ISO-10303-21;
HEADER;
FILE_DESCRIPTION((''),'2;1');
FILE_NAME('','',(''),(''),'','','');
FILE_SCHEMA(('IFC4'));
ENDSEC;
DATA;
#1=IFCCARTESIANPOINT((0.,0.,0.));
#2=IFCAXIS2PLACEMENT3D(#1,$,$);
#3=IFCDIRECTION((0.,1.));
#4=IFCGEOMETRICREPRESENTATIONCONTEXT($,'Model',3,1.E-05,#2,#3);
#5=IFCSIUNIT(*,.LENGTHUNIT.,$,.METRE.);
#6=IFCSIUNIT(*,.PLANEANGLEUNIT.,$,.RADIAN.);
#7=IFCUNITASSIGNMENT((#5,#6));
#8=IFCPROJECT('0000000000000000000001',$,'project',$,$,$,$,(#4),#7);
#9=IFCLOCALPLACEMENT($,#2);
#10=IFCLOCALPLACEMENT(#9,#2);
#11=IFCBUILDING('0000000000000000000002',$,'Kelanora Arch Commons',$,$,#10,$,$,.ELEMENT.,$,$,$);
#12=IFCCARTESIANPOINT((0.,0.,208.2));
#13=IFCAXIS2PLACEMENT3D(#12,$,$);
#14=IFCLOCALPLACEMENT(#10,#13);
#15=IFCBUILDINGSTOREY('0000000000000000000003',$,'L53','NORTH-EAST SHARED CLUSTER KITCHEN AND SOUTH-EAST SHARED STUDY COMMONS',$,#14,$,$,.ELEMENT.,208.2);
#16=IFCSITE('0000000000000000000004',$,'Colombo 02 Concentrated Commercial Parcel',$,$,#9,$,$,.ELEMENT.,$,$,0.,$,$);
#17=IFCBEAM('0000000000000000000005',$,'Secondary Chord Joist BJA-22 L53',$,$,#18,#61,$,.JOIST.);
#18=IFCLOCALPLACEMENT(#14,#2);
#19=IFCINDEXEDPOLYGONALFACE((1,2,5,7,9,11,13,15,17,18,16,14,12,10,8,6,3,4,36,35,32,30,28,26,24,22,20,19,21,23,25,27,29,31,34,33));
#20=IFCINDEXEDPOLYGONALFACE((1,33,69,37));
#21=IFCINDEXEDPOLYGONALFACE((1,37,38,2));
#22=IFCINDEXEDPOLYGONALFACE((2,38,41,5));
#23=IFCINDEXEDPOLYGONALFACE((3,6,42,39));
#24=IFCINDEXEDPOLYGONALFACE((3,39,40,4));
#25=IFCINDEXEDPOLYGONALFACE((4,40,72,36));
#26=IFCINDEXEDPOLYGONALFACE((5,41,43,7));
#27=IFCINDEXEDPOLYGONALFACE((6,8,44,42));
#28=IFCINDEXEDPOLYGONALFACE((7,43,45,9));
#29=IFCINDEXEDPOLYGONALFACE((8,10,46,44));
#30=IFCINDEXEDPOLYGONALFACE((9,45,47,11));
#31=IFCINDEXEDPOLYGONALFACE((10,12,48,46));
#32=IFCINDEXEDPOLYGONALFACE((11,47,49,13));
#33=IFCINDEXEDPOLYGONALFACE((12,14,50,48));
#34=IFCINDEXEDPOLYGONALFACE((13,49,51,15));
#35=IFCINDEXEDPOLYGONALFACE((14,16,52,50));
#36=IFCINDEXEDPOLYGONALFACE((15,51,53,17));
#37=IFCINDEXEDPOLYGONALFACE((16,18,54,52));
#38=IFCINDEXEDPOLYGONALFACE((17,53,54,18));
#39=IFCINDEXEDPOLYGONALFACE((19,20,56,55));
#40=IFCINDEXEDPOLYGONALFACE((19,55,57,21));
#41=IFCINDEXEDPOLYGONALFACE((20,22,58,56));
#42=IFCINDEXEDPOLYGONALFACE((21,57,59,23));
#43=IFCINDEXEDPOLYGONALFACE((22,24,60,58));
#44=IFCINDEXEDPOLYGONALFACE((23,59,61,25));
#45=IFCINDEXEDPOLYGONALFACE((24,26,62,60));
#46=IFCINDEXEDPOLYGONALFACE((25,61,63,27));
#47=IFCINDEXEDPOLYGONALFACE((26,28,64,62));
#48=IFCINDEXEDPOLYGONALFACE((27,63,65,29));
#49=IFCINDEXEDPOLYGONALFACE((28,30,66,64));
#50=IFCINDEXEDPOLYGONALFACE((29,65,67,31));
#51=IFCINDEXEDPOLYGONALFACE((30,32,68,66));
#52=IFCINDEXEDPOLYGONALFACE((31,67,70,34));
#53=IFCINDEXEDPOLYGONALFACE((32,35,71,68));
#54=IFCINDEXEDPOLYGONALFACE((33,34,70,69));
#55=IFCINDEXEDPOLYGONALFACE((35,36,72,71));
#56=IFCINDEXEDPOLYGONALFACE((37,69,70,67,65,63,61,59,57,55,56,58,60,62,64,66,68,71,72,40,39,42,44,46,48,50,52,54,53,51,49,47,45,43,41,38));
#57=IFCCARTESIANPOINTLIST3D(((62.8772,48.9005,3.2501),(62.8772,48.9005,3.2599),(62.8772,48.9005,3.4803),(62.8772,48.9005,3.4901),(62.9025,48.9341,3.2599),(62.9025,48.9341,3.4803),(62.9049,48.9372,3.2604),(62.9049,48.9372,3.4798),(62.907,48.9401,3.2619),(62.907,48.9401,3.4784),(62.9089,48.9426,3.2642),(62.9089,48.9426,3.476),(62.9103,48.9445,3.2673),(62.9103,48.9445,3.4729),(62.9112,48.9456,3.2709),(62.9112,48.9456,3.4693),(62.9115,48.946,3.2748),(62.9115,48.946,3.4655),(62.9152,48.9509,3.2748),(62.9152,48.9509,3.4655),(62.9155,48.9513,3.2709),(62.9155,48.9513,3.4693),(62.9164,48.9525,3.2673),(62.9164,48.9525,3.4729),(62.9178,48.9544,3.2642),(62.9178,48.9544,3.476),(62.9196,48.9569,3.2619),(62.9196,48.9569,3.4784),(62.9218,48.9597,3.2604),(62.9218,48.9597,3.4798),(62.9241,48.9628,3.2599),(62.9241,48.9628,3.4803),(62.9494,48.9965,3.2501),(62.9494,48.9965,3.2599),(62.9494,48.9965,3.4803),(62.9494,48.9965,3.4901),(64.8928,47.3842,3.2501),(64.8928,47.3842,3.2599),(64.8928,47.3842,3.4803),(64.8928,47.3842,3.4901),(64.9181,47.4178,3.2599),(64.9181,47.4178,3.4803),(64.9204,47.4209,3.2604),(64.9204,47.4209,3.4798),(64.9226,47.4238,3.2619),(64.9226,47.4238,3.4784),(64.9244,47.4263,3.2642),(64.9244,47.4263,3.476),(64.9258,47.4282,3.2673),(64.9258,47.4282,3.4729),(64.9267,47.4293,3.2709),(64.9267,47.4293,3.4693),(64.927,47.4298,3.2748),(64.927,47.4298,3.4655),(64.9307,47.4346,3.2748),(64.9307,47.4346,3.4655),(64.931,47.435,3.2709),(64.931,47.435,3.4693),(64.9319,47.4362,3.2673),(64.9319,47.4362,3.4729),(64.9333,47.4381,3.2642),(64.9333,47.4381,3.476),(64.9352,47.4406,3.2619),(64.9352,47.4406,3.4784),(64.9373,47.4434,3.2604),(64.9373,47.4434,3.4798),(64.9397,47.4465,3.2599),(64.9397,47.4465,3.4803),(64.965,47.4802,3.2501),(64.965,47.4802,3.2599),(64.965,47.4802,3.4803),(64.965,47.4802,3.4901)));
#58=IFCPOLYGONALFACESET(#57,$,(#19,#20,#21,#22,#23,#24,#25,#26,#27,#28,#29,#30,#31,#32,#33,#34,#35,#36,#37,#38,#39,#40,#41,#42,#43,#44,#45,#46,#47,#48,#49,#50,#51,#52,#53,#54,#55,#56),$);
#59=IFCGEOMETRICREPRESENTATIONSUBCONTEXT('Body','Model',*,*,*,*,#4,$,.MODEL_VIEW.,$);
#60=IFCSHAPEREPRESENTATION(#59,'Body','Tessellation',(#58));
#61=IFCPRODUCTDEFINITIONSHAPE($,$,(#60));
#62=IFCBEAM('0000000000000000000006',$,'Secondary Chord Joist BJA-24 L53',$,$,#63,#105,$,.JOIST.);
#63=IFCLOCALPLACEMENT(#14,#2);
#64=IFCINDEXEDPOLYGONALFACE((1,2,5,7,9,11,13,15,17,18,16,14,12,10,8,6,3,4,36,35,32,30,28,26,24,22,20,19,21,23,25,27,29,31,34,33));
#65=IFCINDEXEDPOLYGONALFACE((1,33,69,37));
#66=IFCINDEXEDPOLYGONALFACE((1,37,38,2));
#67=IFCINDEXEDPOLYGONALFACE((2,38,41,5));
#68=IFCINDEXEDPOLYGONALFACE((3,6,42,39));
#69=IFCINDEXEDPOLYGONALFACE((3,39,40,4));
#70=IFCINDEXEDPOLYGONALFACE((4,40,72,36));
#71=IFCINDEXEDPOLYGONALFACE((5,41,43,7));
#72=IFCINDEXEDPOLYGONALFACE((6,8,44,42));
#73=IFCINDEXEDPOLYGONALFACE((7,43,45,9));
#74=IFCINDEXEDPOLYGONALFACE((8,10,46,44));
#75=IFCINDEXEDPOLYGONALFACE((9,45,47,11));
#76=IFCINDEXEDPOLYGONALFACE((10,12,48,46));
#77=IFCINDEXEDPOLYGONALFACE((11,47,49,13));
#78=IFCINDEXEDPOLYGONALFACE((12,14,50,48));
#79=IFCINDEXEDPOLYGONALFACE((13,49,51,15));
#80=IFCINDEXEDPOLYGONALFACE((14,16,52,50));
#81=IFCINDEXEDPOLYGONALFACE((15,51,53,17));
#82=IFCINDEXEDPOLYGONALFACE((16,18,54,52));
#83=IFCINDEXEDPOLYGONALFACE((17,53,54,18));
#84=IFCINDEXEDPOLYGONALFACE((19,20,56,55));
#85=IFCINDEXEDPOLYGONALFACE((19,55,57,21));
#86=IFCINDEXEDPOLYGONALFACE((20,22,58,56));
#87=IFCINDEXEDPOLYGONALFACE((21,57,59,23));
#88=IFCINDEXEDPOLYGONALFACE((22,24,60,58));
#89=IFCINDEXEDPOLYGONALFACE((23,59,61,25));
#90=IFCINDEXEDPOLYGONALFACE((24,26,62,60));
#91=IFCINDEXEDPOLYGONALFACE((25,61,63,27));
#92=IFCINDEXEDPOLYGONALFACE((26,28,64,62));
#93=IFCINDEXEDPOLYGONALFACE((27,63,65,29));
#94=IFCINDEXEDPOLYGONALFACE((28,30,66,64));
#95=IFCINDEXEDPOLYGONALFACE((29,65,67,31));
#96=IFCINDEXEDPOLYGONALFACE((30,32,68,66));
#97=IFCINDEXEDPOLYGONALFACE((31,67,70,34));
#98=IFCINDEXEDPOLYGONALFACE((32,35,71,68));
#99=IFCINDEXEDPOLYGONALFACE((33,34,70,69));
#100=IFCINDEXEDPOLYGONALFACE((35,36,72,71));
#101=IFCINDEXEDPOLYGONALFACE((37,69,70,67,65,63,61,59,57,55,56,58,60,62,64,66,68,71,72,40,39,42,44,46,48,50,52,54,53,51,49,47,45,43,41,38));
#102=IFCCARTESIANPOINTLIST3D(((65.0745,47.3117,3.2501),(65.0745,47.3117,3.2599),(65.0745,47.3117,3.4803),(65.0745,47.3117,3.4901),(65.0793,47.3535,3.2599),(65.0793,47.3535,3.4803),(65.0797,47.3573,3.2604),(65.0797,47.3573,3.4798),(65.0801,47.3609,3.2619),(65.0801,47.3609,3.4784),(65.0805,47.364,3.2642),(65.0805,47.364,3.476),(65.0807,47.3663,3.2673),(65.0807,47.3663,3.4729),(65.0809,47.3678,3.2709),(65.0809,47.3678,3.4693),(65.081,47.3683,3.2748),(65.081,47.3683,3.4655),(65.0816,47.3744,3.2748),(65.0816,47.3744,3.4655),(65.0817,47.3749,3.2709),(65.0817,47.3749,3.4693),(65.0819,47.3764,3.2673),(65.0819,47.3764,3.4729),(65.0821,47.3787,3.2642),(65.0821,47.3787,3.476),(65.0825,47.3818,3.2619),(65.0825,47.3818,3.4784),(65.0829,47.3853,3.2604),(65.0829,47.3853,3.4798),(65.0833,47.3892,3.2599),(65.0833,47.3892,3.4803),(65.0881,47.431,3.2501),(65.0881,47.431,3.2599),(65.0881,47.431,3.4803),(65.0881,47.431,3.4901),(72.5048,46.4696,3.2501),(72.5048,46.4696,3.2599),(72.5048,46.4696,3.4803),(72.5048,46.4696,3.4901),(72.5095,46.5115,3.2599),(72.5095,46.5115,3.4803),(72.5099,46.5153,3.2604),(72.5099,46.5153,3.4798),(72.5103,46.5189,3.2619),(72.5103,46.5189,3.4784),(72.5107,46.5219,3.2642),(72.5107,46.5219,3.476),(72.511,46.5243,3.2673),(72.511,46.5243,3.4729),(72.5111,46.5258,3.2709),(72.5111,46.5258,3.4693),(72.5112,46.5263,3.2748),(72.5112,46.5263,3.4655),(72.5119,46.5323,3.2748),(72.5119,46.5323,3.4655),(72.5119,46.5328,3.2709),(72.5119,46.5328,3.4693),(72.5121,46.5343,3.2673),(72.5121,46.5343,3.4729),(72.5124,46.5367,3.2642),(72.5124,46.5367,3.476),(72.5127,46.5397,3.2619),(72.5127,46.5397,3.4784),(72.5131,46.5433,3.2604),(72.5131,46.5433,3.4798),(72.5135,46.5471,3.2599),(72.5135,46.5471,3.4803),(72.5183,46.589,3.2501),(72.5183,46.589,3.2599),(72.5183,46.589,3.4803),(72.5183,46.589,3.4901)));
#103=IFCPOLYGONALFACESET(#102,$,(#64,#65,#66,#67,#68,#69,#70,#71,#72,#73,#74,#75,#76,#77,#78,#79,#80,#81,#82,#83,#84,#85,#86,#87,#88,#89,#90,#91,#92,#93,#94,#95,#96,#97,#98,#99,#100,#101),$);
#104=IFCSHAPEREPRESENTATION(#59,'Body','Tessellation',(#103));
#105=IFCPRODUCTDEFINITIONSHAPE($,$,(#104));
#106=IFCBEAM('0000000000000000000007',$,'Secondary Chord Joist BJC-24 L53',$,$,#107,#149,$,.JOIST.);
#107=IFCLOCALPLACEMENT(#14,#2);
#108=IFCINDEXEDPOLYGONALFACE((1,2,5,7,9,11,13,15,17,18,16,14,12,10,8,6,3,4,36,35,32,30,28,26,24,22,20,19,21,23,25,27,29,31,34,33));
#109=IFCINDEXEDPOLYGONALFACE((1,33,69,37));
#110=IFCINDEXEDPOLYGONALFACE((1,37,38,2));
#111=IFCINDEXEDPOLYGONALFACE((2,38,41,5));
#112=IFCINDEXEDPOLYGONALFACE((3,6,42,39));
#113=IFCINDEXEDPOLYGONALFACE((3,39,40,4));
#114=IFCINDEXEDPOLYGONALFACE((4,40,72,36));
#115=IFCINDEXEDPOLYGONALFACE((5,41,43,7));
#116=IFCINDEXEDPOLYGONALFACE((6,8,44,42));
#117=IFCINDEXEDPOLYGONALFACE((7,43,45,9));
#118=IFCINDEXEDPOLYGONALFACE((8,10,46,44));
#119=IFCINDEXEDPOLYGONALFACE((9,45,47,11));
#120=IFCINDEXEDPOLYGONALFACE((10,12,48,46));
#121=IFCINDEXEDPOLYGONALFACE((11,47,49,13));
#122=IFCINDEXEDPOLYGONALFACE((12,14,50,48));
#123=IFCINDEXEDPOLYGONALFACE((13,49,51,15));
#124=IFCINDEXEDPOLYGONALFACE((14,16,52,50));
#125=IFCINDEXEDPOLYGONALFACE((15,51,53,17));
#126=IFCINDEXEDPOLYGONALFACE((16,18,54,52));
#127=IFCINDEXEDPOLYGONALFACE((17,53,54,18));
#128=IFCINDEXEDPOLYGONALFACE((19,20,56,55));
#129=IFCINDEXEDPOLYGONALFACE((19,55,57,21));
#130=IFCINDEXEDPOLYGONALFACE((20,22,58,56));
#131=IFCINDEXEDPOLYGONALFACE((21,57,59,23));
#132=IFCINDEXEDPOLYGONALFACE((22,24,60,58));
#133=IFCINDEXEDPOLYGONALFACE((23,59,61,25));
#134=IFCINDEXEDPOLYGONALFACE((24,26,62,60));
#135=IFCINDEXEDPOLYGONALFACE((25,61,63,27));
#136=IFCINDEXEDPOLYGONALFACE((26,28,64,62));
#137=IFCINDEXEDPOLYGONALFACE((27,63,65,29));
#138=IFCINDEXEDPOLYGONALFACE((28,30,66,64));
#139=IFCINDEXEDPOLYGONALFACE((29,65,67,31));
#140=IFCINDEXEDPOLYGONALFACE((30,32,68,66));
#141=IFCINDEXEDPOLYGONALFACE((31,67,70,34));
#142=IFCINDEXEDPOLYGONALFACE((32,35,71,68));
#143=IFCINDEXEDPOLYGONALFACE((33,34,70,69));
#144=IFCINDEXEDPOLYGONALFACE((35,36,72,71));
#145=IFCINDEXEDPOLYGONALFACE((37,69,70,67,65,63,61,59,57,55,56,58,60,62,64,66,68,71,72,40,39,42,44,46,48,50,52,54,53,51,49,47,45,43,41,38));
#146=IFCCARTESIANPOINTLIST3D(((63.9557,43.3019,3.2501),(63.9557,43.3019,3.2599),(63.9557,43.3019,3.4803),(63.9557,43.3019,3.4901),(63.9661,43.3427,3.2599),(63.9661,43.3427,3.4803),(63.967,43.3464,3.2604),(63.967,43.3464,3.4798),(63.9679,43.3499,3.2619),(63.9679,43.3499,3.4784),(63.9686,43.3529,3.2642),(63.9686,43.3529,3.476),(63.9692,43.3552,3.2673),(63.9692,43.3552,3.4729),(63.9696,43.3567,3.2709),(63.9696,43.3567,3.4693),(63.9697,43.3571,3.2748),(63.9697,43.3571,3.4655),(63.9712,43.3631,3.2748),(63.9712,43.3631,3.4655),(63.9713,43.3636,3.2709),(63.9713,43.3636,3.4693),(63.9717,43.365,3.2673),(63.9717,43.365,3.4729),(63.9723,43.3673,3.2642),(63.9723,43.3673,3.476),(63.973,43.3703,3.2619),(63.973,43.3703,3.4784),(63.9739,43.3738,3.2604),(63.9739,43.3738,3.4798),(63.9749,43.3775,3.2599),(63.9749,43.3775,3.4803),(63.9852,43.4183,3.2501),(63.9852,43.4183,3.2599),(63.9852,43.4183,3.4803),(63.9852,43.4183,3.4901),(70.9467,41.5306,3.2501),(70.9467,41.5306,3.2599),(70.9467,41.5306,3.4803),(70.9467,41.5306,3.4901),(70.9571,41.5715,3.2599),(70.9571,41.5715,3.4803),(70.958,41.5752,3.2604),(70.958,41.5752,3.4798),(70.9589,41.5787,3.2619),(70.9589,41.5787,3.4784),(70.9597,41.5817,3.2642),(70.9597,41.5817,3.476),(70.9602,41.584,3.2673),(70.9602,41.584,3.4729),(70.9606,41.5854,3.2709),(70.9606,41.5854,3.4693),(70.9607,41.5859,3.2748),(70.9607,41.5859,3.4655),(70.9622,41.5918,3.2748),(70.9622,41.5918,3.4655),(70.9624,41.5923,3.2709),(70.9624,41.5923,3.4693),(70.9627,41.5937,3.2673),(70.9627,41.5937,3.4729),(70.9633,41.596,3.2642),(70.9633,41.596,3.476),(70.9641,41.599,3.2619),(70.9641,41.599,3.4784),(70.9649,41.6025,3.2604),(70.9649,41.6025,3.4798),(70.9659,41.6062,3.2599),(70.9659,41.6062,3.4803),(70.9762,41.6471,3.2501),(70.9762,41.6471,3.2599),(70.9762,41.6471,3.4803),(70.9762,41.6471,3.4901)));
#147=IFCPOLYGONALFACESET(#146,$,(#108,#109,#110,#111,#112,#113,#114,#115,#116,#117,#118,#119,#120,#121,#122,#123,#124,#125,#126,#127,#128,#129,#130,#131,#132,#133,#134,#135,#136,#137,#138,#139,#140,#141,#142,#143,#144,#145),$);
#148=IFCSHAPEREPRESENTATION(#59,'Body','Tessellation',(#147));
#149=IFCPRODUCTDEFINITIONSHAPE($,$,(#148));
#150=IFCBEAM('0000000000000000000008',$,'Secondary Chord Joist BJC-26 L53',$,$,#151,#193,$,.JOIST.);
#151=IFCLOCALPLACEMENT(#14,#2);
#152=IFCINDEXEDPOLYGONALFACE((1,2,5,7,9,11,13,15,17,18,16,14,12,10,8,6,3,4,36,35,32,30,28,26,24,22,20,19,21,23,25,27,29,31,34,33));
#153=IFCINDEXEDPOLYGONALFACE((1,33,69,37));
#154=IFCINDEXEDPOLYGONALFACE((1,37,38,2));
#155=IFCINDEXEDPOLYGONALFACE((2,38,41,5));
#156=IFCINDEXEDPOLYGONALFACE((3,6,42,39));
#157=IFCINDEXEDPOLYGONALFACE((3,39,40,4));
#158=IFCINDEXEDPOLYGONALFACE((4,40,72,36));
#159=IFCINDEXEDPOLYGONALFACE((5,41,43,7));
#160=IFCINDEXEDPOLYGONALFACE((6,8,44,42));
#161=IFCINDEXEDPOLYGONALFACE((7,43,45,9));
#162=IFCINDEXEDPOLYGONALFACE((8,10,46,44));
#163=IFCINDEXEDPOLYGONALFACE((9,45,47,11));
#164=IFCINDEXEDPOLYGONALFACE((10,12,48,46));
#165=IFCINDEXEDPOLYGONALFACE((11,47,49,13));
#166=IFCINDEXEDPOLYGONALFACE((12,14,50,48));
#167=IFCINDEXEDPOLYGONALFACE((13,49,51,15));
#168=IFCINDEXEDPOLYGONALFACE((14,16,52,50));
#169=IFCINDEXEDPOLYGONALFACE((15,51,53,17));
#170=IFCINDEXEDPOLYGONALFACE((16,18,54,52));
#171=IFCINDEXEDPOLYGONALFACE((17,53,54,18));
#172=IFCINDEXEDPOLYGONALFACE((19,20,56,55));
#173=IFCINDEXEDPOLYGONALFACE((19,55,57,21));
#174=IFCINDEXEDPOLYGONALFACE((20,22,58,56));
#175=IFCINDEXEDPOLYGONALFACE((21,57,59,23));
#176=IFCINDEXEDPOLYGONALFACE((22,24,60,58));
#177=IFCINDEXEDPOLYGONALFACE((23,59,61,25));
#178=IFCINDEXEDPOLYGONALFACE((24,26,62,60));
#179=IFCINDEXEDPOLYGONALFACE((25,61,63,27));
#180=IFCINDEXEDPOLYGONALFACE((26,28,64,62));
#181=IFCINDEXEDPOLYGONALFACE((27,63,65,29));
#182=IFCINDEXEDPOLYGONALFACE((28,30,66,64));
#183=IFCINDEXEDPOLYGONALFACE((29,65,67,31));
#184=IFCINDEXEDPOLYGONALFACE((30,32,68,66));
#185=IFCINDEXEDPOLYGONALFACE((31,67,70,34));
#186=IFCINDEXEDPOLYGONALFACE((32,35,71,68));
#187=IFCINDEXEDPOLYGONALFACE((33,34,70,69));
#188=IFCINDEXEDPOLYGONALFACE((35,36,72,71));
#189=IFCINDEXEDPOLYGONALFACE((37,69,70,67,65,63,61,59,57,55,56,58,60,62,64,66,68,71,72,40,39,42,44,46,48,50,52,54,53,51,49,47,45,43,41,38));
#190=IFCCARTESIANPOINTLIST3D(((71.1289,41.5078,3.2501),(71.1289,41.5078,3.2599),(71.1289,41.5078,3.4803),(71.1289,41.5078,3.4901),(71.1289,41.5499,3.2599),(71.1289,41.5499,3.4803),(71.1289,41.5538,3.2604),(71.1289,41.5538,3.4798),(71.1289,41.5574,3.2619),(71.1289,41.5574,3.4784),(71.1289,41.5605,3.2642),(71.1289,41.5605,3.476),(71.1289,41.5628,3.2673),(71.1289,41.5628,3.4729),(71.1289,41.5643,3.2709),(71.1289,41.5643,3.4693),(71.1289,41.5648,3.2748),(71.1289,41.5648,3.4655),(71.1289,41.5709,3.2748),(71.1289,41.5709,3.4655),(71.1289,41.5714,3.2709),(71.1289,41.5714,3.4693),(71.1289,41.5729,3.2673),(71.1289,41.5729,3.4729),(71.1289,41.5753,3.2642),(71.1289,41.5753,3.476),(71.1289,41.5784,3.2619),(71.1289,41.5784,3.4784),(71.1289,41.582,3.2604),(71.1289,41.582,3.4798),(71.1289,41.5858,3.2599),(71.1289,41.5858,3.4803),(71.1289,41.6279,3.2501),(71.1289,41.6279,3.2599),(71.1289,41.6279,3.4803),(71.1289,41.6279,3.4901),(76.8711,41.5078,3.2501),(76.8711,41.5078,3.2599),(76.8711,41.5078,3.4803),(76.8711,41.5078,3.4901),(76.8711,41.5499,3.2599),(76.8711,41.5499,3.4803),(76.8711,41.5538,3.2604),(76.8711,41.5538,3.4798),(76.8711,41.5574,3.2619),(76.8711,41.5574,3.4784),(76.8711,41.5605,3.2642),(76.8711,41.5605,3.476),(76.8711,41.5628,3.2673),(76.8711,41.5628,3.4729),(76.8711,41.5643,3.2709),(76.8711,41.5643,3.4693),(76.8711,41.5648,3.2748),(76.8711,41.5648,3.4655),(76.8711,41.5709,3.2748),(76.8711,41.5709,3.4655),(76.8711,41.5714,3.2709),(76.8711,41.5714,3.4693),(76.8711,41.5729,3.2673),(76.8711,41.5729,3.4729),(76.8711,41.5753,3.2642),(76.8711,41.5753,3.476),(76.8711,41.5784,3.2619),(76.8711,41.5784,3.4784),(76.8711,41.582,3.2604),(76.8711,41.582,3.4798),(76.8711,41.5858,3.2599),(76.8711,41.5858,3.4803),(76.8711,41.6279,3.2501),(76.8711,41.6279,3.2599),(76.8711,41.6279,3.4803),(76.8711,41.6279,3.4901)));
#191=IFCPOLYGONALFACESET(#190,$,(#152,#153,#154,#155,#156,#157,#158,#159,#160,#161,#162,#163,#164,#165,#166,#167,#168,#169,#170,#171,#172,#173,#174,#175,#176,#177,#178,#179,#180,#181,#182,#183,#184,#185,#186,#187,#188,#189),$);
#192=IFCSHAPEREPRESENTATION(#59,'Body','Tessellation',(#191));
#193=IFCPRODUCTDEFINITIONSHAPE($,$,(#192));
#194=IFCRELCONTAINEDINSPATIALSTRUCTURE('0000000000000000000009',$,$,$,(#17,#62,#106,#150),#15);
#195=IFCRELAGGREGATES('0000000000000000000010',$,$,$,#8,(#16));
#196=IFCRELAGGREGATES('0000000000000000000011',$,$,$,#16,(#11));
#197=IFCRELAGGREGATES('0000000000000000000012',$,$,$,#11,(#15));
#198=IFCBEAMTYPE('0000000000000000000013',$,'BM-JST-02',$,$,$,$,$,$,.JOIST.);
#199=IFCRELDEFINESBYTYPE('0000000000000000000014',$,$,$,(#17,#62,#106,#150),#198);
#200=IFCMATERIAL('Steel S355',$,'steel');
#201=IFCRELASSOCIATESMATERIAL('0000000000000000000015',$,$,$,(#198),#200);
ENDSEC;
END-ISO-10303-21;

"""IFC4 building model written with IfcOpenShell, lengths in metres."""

from ifc_helpers import new_model, si_unit, direction, frame, origin, origin_2d, place, context, subcontext, project, spatial, i_section, extrude, material, material_profile, profile_set, type_object, element, save


model = new_model("IFC4")

# Units and contexts
model_context = context("Model", 3, precision=1e-05, world=origin(), true_north=direction((0.0, 1.0)))
body_context = subcontext(model_context, "Body", "Model", "MODEL_VIEW")
ifc_project = project(units=[si_unit("LENGTHUNIT", "METRE"), si_unit("PLANEANGLEUNIT", "RADIAN")], contexts=[model_context])

# Site, building, storey
site_placement = place(None, origin())
site = spatial("IfcSite", under=ifc_project, at=site_placement, Name="Colombo 02 Concentrated Commercial Parcel", CompositionType="ELEMENT", RefElevation=0.0)
building_placement = place(site_placement, origin())
building = spatial("IfcBuilding", under=site, at=building_placement, Name="Kelanora Arch Commons", CompositionType="ELEMENT")
storey_placement = place(building_placement, frame((0.0, 0.0, 208.2)))
storey = spatial("IfcBuildingStorey", under=building, at=storey_placement, Name="L53", Description="NORTH-EAST SHARED CLUSTER KITCHEN AND SOUTH-EAST SHARED STUDY COMMONS", CompositionType="ELEMENT", Elevation=208.2)

# Beams
ifc_material_1 = material(Name="Steel S355", Category="steel")
ifc_material_profile_1 = material_profile(ifc_material_1, i_section(OverallWidth=0.1201, OverallDepth=0.24, WebThickness=0.0061, FlangeThickness=0.0098, FilletRadius=0.0149, at=origin_2d()), Name="IPE240")
ifc_profile_set_1 = profile_set([ifc_material_profile_1], Name="Steel S355")
beam_type_1 = type_object("IfcBeamType", Name="BM-JST-02", PredefinedType="JOIST", material=ifc_profile_set_1)
beam_1_placement = place(storey_placement, frame((62.9133, 48.9485, 3.3701), z_axis=(0.799116, -0.601176, 0.0), x_axis=(0.601176, 0.799116, 0.0)))
element("IfcBeam", 1, at=beam_1_placement, inside=storey, type_object=beam_type_1, Name="Secondary Chord Joist BJA-22 L53", PredefinedType="JOIST", context=body_context, shape_type="SweptSolid", body=[
    extrude(i_section(OverallWidth=0.1201, OverallDepth=0.24, WebThickness=0.0061, FlangeThickness=0.0098, FilletRadius=0.0149, at=origin_2d()), origin(), (0.0, 0.0, 1.0), 2.5222),
])
beam_2_placement = place(storey_placement, frame((65.0813, 47.3713, 3.3701), z_axis=(0.99364, -0.112606, 0.0), x_axis=(0.112606, 0.99364, 0.0)))
element("IfcBeam", 2, at=beam_2_placement, inside=storey, type_object=beam_type_1, Name="Secondary Chord Joist BJA-24 L53", PredefinedType="JOIST", context=body_context, shape_type="SweptSolid", body=[
    extrude(i_section(OverallWidth=0.1201, OverallDepth=0.24, WebThickness=0.0061, FlangeThickness=0.0098, FilletRadius=0.0149, at=origin_2d()), origin(), (0.0, 0.0, 1.0), 7.4778),
])
beam_3_placement = place(storey_placement, frame((63.9705, 43.3601, 3.3701), z_axis=(0.969371, -0.245601, 0.0), x_axis=(0.245601, 0.969371, 0.0)))
element("IfcBeam", 3, at=beam_3_placement, inside=storey, type_object=beam_type_1, Name="Secondary Chord Joist BJC-24 L53", PredefinedType="JOIST", context=body_context, shape_type="SweptSolid", body=[
    extrude(i_section(OverallWidth=0.1201, OverallDepth=0.24, WebThickness=0.0061, FlangeThickness=0.0098, FilletRadius=0.0149, at=origin_2d()), origin(), (0.0, 0.0, 1.0), 7.2119),
])
beam_4_placement = place(storey_placement, frame((71.1289, 41.5679, 3.3701), z_axis=(1.0, 0.0, 0.0), x_axis=(0.0, 1.0, 0.0)))
element("IfcBeam", 4, at=beam_4_placement, inside=storey, type_object=beam_type_1, Name="Secondary Chord Joist BJC-26 L53", PredefinedType="JOIST", context=body_context, shape_type="SweptSolid", body=[
    extrude(i_section(OverallWidth=0.1201, OverallDepth=0.24, WebThickness=0.0061, FlangeThickness=0.0098, FilletRadius=0.0149, at=origin_2d()), origin(), (0.0, 0.0, 1.0), 5.7422),
])

save(model, "model.ifc")
